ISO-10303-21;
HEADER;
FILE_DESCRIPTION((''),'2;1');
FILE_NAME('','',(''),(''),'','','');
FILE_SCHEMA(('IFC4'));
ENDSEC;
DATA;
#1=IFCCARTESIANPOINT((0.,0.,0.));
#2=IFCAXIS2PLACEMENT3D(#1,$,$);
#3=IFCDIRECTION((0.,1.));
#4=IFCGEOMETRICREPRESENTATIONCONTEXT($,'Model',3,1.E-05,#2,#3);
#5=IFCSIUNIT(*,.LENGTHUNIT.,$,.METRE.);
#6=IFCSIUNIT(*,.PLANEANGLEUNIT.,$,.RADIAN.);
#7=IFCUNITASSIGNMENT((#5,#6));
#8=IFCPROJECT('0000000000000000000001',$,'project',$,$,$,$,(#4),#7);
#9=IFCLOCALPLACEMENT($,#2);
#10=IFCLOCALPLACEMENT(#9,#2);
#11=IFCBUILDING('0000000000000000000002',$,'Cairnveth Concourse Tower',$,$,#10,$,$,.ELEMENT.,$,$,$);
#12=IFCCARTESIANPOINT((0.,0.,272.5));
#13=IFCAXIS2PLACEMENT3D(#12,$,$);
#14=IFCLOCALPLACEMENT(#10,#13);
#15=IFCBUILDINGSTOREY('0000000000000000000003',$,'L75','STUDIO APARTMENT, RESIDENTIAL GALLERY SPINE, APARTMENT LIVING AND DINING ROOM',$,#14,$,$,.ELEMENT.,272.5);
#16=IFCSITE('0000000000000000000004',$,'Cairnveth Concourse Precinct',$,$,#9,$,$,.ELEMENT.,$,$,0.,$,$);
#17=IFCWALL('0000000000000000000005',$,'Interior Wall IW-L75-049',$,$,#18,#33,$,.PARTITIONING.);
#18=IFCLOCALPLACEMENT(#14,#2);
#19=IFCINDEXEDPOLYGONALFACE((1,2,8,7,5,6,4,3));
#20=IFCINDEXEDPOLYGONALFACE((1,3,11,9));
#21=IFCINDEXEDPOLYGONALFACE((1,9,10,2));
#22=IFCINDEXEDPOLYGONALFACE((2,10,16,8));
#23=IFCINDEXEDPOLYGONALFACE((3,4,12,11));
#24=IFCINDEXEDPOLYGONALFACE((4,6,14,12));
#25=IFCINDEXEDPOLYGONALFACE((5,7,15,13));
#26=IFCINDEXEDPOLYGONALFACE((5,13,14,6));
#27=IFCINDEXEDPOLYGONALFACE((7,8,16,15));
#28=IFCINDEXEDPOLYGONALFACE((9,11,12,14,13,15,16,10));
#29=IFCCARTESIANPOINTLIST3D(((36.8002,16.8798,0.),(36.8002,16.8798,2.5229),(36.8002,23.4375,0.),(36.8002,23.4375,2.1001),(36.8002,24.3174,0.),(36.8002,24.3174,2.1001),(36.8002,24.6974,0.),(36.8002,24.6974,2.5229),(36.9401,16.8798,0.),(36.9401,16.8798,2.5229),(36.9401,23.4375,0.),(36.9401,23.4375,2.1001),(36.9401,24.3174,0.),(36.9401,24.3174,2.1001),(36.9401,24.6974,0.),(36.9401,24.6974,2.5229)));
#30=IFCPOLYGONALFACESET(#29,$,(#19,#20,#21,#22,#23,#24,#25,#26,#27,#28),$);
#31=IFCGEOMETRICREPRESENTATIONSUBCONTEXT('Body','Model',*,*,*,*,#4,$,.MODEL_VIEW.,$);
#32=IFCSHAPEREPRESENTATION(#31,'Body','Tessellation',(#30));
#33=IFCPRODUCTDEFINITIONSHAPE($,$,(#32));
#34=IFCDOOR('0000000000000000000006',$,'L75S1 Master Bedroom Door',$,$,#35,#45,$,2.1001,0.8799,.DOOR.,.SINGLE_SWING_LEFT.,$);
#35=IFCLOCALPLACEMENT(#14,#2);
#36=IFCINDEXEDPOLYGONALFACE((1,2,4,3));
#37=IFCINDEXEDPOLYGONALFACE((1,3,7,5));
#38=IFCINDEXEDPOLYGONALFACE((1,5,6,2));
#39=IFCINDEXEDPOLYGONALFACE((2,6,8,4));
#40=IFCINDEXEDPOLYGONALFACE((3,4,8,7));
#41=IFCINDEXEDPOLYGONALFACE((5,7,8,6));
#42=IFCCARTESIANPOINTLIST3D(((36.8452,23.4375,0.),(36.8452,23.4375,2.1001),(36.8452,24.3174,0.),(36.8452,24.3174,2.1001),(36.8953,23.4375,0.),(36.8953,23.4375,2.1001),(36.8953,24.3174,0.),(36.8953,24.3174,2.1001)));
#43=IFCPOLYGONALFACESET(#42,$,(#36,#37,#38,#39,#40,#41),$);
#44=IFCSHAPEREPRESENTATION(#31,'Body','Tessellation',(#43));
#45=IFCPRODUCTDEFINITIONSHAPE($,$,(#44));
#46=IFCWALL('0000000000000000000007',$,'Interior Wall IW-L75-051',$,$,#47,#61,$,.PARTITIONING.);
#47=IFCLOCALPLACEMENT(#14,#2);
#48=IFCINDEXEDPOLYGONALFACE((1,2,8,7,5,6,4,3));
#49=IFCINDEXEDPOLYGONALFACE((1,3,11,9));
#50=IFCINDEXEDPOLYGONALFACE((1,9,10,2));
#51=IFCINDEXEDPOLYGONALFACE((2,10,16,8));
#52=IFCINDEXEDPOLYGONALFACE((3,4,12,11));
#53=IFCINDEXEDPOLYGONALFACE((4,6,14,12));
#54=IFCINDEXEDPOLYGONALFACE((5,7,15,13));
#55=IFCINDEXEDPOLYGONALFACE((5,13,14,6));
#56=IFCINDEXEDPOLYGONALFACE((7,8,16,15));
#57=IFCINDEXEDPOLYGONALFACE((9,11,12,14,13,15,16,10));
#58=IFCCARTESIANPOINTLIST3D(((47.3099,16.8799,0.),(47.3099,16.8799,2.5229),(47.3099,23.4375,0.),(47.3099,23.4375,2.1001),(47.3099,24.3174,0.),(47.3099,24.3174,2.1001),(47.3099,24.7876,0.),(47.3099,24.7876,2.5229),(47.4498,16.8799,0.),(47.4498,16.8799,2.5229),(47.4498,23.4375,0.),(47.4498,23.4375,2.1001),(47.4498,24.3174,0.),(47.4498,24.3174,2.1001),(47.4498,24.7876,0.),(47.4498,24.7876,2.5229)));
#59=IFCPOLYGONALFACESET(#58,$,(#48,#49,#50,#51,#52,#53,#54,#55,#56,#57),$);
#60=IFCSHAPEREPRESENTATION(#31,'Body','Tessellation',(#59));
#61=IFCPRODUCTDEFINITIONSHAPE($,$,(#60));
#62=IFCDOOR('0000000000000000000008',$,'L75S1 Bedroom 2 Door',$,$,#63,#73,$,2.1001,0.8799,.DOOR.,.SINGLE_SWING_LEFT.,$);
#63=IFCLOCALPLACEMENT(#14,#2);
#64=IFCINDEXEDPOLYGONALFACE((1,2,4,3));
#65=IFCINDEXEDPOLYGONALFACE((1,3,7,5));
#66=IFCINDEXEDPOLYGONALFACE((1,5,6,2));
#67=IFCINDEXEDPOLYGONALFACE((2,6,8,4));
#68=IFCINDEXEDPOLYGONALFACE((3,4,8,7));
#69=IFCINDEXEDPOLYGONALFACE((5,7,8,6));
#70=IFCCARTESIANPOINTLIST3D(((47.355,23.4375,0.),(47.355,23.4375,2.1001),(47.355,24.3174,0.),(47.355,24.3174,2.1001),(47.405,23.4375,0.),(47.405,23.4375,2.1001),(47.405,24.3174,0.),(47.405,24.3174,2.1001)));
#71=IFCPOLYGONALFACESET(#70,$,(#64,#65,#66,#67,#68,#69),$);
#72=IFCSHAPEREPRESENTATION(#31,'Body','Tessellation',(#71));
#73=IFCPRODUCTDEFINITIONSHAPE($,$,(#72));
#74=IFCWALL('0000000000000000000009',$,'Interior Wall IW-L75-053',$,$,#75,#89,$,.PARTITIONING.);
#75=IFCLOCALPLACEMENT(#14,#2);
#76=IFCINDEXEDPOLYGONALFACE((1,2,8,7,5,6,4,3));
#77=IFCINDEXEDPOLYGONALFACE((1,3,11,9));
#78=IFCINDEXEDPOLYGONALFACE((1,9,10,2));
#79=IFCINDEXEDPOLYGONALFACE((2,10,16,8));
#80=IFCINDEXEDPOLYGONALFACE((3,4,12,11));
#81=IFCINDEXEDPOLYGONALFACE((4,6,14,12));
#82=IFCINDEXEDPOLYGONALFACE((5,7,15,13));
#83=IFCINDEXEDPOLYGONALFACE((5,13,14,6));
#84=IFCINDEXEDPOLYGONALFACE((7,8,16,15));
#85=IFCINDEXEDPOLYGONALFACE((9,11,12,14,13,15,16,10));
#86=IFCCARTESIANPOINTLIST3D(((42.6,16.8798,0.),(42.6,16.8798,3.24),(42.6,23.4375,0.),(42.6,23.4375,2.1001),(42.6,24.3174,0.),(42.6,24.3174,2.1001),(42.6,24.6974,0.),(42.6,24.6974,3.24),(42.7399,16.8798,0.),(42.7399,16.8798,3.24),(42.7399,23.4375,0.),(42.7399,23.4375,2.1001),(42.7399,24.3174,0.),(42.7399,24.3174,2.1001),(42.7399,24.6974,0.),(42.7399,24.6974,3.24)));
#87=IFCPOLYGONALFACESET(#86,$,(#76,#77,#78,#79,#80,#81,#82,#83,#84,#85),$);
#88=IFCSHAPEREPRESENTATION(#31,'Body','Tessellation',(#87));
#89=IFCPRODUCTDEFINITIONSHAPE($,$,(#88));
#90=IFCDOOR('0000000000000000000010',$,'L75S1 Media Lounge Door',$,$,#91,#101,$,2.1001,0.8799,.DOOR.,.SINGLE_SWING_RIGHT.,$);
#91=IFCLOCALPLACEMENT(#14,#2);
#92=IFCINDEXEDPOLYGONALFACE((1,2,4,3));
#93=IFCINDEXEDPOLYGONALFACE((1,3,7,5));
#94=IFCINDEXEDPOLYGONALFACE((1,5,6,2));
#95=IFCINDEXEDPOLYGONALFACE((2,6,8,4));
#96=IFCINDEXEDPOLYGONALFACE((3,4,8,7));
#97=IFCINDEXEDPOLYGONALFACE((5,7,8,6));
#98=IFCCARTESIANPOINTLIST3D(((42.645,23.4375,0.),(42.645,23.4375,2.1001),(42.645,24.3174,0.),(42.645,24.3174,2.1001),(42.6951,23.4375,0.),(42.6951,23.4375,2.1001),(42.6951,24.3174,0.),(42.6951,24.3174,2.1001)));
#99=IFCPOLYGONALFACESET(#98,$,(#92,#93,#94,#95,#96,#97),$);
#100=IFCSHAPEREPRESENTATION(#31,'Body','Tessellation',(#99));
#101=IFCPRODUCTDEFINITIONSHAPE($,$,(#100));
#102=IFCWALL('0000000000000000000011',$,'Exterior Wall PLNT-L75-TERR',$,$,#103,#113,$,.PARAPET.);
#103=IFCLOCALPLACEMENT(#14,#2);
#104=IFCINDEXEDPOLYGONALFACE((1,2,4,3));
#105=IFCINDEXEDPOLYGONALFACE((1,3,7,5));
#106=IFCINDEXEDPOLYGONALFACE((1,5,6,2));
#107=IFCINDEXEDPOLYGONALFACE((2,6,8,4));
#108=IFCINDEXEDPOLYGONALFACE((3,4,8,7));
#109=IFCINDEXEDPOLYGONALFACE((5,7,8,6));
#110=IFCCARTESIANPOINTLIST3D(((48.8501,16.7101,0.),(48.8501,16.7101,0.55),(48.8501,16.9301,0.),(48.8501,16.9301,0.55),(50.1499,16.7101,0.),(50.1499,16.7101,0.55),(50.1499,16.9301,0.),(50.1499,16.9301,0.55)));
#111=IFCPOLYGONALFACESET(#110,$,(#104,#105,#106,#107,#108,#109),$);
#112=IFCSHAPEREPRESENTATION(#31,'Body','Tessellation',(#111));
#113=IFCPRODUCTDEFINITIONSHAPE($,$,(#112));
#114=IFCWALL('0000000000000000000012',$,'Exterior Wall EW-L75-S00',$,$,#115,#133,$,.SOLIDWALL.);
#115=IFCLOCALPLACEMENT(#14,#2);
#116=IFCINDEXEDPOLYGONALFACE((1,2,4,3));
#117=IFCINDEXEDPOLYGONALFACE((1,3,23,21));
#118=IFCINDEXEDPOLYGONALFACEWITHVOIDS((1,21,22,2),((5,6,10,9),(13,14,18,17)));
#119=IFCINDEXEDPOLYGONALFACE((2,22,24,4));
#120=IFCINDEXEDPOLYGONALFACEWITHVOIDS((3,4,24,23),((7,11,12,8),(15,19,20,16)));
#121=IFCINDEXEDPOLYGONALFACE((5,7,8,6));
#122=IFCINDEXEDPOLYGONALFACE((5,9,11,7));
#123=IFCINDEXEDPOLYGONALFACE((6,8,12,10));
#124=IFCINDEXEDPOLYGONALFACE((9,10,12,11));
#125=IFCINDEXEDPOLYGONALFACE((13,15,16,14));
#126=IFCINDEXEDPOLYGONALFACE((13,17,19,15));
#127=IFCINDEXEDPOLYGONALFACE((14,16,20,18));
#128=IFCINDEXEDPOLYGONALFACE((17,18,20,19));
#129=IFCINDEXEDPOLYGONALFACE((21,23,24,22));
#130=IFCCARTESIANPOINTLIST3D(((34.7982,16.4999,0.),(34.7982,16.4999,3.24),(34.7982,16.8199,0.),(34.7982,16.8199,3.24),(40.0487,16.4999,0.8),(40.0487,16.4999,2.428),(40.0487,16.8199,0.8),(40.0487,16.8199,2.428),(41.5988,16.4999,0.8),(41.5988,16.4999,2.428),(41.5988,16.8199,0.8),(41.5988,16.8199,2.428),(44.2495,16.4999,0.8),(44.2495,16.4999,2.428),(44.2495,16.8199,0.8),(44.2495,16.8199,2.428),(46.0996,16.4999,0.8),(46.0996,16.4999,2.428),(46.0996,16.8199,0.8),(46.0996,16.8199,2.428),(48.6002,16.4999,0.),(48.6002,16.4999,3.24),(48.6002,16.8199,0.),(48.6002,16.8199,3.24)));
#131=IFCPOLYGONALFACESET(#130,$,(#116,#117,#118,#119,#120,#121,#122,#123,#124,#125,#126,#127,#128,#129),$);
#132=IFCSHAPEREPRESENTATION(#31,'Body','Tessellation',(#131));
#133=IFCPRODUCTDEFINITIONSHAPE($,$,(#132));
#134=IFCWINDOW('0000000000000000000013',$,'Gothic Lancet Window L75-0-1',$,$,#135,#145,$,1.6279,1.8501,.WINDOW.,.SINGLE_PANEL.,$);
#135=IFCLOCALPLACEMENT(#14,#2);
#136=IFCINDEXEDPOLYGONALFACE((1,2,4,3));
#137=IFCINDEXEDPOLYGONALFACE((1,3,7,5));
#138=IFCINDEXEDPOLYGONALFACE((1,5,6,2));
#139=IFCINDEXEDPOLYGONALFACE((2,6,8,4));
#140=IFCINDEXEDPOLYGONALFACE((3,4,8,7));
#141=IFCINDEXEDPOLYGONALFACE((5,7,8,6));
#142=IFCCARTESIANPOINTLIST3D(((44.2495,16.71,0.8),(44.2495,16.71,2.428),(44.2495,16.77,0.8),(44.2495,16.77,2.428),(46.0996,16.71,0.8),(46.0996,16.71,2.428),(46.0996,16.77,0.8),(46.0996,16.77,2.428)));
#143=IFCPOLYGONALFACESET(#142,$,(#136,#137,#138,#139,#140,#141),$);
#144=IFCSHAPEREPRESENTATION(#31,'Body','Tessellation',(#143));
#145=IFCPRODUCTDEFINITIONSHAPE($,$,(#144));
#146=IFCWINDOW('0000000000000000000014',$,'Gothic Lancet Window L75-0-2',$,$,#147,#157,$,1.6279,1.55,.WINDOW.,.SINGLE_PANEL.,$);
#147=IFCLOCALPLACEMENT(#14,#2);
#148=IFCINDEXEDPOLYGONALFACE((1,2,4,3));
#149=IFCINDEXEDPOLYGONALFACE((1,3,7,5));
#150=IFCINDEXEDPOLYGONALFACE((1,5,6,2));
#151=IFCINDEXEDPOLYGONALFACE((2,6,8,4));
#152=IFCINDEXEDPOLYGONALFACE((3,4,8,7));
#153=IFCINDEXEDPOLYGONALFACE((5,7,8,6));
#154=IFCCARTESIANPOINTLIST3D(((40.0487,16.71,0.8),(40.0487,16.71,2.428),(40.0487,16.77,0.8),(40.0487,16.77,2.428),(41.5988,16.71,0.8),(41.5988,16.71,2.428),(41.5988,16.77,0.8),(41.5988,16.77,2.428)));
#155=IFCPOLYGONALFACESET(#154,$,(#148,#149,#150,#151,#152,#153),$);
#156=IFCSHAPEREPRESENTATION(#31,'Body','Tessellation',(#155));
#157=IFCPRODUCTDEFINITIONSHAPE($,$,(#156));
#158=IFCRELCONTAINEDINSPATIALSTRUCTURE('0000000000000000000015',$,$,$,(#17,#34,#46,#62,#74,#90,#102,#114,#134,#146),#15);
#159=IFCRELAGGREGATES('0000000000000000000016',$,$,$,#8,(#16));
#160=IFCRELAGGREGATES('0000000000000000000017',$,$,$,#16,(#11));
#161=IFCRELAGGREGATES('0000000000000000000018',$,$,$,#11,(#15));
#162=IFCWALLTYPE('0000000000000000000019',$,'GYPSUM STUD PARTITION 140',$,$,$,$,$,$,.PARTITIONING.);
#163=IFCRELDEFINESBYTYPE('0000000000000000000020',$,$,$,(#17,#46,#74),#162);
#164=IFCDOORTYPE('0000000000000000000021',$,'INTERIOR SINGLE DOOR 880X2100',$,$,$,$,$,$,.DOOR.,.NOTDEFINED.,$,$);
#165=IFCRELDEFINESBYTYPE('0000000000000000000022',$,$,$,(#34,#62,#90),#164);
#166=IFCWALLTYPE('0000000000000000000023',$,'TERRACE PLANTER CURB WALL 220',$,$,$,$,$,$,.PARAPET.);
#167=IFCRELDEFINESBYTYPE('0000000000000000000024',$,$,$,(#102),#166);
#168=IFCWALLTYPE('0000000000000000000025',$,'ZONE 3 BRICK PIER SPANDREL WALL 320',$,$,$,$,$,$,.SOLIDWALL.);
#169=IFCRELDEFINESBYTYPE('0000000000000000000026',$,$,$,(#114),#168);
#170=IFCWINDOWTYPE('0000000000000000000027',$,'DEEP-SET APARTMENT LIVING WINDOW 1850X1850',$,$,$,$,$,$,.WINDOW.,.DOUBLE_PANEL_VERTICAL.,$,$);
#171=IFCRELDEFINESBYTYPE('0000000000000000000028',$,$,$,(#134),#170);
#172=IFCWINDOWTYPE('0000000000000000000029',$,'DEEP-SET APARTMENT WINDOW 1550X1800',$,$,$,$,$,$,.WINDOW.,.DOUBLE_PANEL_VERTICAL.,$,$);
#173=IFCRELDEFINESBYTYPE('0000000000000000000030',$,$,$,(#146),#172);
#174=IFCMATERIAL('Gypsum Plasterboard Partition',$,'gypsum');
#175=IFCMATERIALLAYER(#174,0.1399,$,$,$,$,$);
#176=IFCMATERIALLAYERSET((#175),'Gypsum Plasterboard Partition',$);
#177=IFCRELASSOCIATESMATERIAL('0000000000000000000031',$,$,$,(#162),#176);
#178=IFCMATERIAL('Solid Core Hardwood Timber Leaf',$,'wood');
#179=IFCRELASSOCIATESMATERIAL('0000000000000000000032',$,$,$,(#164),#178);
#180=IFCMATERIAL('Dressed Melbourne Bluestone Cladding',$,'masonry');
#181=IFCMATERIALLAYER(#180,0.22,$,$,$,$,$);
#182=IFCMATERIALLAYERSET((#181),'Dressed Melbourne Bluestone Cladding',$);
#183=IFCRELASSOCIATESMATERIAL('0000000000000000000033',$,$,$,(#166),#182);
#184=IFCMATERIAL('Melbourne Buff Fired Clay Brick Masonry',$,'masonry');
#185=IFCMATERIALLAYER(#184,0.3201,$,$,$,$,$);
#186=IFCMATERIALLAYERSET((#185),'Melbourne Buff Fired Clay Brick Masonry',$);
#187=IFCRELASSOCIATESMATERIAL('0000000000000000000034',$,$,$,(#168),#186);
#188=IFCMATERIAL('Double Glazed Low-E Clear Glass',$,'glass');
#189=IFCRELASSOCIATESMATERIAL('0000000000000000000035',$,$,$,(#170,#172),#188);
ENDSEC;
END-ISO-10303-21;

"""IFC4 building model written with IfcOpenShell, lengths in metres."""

from ifc_helpers import new_model, si_unit, direction, frame, frame_2d, origin, place, context, subcontext, project, spatial, rectangle, extrude, material, layer, layer_set, type_object, element, fill, save


model = new_model("IFC4")

# Units and contexts
model_context = context("Model", 3, precision=1e-05, world=origin(), true_north=direction((0.0, 1.0)))
body_context = subcontext(model_context, "Body", "Model", "MODEL_VIEW")
ifc_project = project(units=[si_unit("LENGTHUNIT", "METRE"), si_unit("PLANEANGLEUNIT", "RADIAN")], contexts=[model_context])

# Site, building, storey
site_placement = place(None, origin())
site = spatial("IfcSite", under=ifc_project, at=site_placement, Name="Cairnveth Concourse Precinct", CompositionType="ELEMENT", RefElevation=0.0)
building_placement = place(site_placement, origin())
building = spatial("IfcBuilding", under=site, at=building_placement, Name="Cairnveth Concourse Tower", CompositionType="ELEMENT")
storey_placement = place(building_placement, frame((0.0, 0.0, 272.5)))
storey = spatial("IfcBuildingStorey", under=building, at=storey_placement, Name="L75", Description="STUDIO APARTMENT, RESIDENTIAL GALLERY SPINE, APARTMENT LIVING AND DINING ROOM", CompositionType="ELEMENT", Elevation=272.5)

# Shared definitions
ifc_material_1 = material(Name="Gypsum Plasterboard Partition", Category="gypsum")

# Walls, openings, doors
ifc_layer_1 = layer(ifc_material_1, 0.1399)
ifc_layer_set_1 = layer_set([ifc_layer_1], Name="Gypsum Plasterboard Partition")
wall_type_1 = type_object("IfcWallType", Name="GYPSUM STUD PARTITION 140", PredefinedType="PARTITIONING", material=ifc_layer_set_1)
wall_1_placement = place(storey_placement, frame((36.8701, 16.8799, 0.0), z_axis=(0.0, 0.0, 1.0), x_axis=(0.0, 1.0, 0.0)))
wall_1 = element("IfcWall", 1, at=wall_1_placement, inside=storey, type_object=wall_type_1, Name="Interior Wall IW-L75-049", PredefinedType="PARTITIONING", context=body_context, shape_type="SweptSolid", body=[
    extrude(rectangle(XDim=7.8176, YDim=0.1399, at=frame_2d((3.9087, 0.0))), origin(), (0.0, 0.0, 1.0), 2.5229),
])
opening_1_placement = place(wall_1_placement, frame((6.5576, 0.0, 0.0)))
opening_1 = element("IfcOpeningElement", 2, at=opening_1_placement, cuts=wall_1, PredefinedType="OPENING", context=body_context, shape_type="SweptSolid", body=[
    extrude(rectangle(XDim=0.8799, YDim=2.1001, at=frame_2d((0.4399, 1.05))), frame((0.0, 0.0798, 0.0), z_axis=(0.0, -1.0, 0.0), x_axis=(1.0, 0.0, 0.0)), (0.0, 0.0, 1.0), 0.1599),
])
ifc_material_2 = material(Name="Solid Core Hardwood Timber Leaf", Category="wood")
door_type = type_object("IfcDoorType", Name="INTERIOR SINGLE DOOR 880X2100", OperationType="NOTDEFINED", PredefinedType="DOOR", material=ifc_material_2)
door_1_placement = place(opening_1_placement, origin())
door_1 = element("IfcDoor", 3, at=door_1_placement, inside=storey, type_object=door_type, Name="L75S1 Master Bedroom Door", OperationType="SINGLE_SWING_LEFT", OverallHeight=2.1001, OverallWidth=0.8799, PredefinedType="DOOR", context=body_context, shape_type="SweptSolid", body=[
    extrude(rectangle(XDim=0.8799, YDim=2.1001, at=frame_2d((0.4399, 1.05))), frame((0.0, 0.0249, 0.0), z_axis=(0.0, -1.0, 0.0), x_axis=(1.0, 0.0, 0.0)), (0.0, 0.0, 1.0), 0.05),
])
fill(opening_1, door_1)
wall_2_placement = place(storey_placement, frame((47.3799, 16.8799, 0.0), z_axis=(0.0, 0.0, 1.0), x_axis=(0.0, 1.0, 0.0)))
wall_2 = element("IfcWall", 4, at=wall_2_placement, inside=storey, type_object=wall_type_1, Name="Interior Wall IW-L75-051", PredefinedType="PARTITIONING", context=body_context, shape_type="SweptSolid", body=[
    extrude(rectangle(XDim=7.9077, YDim=0.1399, at=frame_2d((3.9539, 0.0))), origin(), (0.0, 0.0, 1.0), 2.5229),
])
opening_2_placement = place(wall_2_placement, frame((6.5576, 0.0, 0.0)))
opening_2 = element("IfcOpeningElement", 5, at=opening_2_placement, cuts=wall_2, PredefinedType="OPENING", context=body_context, shape_type="SweptSolid", body=[
    extrude(rectangle(XDim=0.8799, YDim=2.1001, at=frame_2d((0.4399, 1.05))), frame((0.0, 0.0798, 0.0), z_axis=(0.0, -1.0, 0.0), x_axis=(1.0, 0.0, 0.0)), (0.0, 0.0, 1.0), 0.1599),
])
door_2_placement = place(opening_2_placement, origin())
door_2 = element("IfcDoor", 6, at=door_2_placement, inside=storey, type_object=door_type, Name="L75S1 Bedroom 2 Door", OperationType="SINGLE_SWING_LEFT", OverallHeight=2.1001, OverallWidth=0.8799, PredefinedType="DOOR", context=body_context, shape_type="SweptSolid", body=[
    extrude(rectangle(XDim=0.8799, YDim=2.1001, at=frame_2d((0.4399, 1.05))), frame((0.0, 0.0249, 0.0), z_axis=(0.0, -1.0, 0.0), x_axis=(1.0, 0.0, 0.0)), (0.0, 0.0, 1.0), 0.05),
])
fill(opening_2, door_2)
wall_3_placement = place(storey_placement, frame((42.6699, 16.8799, 0.0), z_axis=(0.0, 0.0, 1.0), x_axis=(0.0, 1.0, 0.0)))
wall_3 = element("IfcWall", 7, at=wall_3_placement, inside=storey, type_object=wall_type_1, Name="Interior Wall IW-L75-053", PredefinedType="PARTITIONING", context=body_context, shape_type="SweptSolid", body=[
    extrude(rectangle(XDim=7.8176, YDim=0.1399, at=frame_2d((3.9087, 0.0))), origin(), (0.0, 0.0, 1.0), 3.24),
])
opening_3_placement = place(wall_3_placement, frame((6.5576, 0.0, 0.0)))
opening_3 = element("IfcOpeningElement", 8, at=opening_3_placement, cuts=wall_3, PredefinedType="OPENING", context=body_context, shape_type="SweptSolid", body=[
    extrude(rectangle(XDim=0.8799, YDim=2.1001, at=frame_2d((0.4399, 1.05))), frame((0.0, 0.0798, 0.0), z_axis=(0.0, -1.0, 0.0), x_axis=(1.0, 0.0, 0.0)), (0.0, 0.0, 1.0), 0.1599),
])
door_3_placement = place(opening_3_placement, origin())
door_3 = element("IfcDoor", 9, at=door_3_placement, inside=storey, type_object=door_type, Name="L75S1 Media Lounge Door", OperationType="SINGLE_SWING_RIGHT", OverallHeight=2.1001, OverallWidth=0.8799, PredefinedType="DOOR", context=body_context, shape_type="SweptSolid", body=[
    extrude(rectangle(XDim=0.8799, YDim=2.1001, at=frame_2d((0.4399, 1.05))), frame((0.0, 0.0249, 0.0), z_axis=(0.0, -1.0, 0.0), x_axis=(1.0, 0.0, 0.0)), (0.0, 0.0, 1.0), 0.05),
])
fill(opening_3, door_3)

# Wall
ifc_material_3 = material(Name="Dressed Melbourne Bluestone Cladding", Category="masonry")
ifc_layer_2 = layer(ifc_material_3, 0.22)
ifc_layer_set_2 = layer_set([ifc_layer_2], Name="Dressed Melbourne Bluestone Cladding")
wall_type_2 = type_object("IfcWallType", Name="TERRACE PLANTER CURB WALL 220", PredefinedType="PARAPET", material=ifc_layer_set_2)
wall_4_placement = place(storey_placement, frame((48.8501, 16.8201, 0.0), z_axis=(0.0, 0.0, 1.0), x_axis=(1.0, 0.0, 0.0)))
element("IfcWall", 10, at=wall_4_placement, inside=storey, type_object=wall_type_2, Name="Exterior Wall PLNT-L75-TERR", PredefinedType="PARAPET", context=body_context, shape_type="SweptSolid", body=[
    extrude(rectangle(XDim=1.2998, YDim=0.22, at=frame_2d((0.6499, 0.0))), origin(), (0.0, 0.0, 1.0), 0.55),
])

# Wall, openings, windows
ifc_material_4 = material(Name="Melbourne Buff Fired Clay Brick Masonry", Category="masonry")
ifc_layer_3 = layer(ifc_material_4, 0.3201)
ifc_layer_set_3 = layer_set([ifc_layer_3], Name="Melbourne Buff Fired Clay Brick Masonry")
wall_type_3 = type_object("IfcWallType", Name="ZONE 3 BRICK PIER SPANDREL WALL 320", PredefinedType="SOLIDWALL", material=ifc_layer_set_3)
wall_5_placement = place(storey_placement, frame((48.6001, 16.6599, 0.0), z_axis=(0.0, 0.0, 1.0), x_axis=(-1.0, 0.0, 0.0)))
wall_5 = element("IfcWall", 11, at=wall_5_placement, inside=storey, type_object=wall_type_3, Name="Exterior Wall EW-L75-S00", PredefinedType="SOLIDWALL", context=body_context, shape_type="SweptSolid", body=[
    extrude(rectangle(XDim=13.802, YDim=0.3201, at=frame_2d((6.9009, 0.0))), origin(), (0.0, 0.0, 1.0), 3.24),
])
opening_4_placement = place(wall_5_placement, frame((2.5005, 0.0, 0.8)))
opening_4 = element("IfcOpeningElement", 12, at=opening_4_placement, cuts=wall_5, PredefinedType="OPENING", context=body_context, shape_type="SweptSolid", body=[
    extrude(rectangle(XDim=1.8501, YDim=1.6279, at=frame_2d((0.925, 0.814))), frame((0.0, 0.1699, 0.0), z_axis=(0.0, -1.0, 0.0), x_axis=(1.0, 0.0, 0.0)), (0.0, 0.0, 1.0), 0.3401),
])
opening_5_placement = place(wall_5_placement, frame((7.0015, 0.0, 0.8)))
opening_5 = element("IfcOpeningElement", 13, at=opening_5_placement, cuts=wall_5, PredefinedType="OPENING", context=body_context, shape_type="SweptSolid", body=[
    extrude(rectangle(XDim=1.55, YDim=1.6279, at=frame_2d((0.7749, 0.814))), frame((0.0, 0.1699, 0.0), z_axis=(0.0, -1.0, 0.0), x_axis=(1.0, 0.0, 0.0)), (0.0, 0.0, 1.0), 0.3401),
])
ifc_material_5 = material(Name="Double Glazed Low-E Clear Glass", Category="glass")
window_type_1 = type_object("IfcWindowType", Name="DEEP-SET APARTMENT LIVING WINDOW 1850X1850", PartitioningType="DOUBLE_PANEL_VERTICAL", PredefinedType="WINDOW", material=ifc_material_5)
window_1_placement = place(opening_4_placement, origin())
window_1 = element("IfcWindow", 14, at=window_1_placement, inside=storey, type_object=window_type_1, Name="Gothic Lancet Window L75-0-1", OverallHeight=1.6279, OverallWidth=1.8501, PartitioningType="SINGLE_PANEL", PredefinedType="WINDOW", context=body_context, shape_type="SweptSolid", body=[
    extrude(rectangle(XDim=1.8501, YDim=1.6279, at=frame_2d((0.925, 0.814))), frame((0.0, -0.05, 0.0), z_axis=(0.0, -1.0, 0.0), x_axis=(1.0, 0.0, 0.0)), (0.0, 0.0, 1.0), 0.0601),
])
fill(opening_4, window_1)
window_type_2 = type_object("IfcWindowType", Name="DEEP-SET APARTMENT WINDOW 1550X1800", PartitioningType="DOUBLE_PANEL_VERTICAL", PredefinedType="WINDOW", material=ifc_material_5)
window_2_placement = place(opening_5_placement, origin())
window_2 = element("IfcWindow", 15, at=window_2_placement, inside=storey, type_object=window_type_2, Name="Gothic Lancet Window L75-0-2", OverallHeight=1.6279, OverallWidth=1.55, PartitioningType="SINGLE_PANEL", PredefinedType="WINDOW", context=body_context, shape_type="SweptSolid", body=[
    extrude(rectangle(XDim=1.55, YDim=1.6279, at=frame_2d((0.7749, 0.814))), frame((0.0, -0.05, 0.0), z_axis=(0.0, -1.0, 0.0), x_axis=(1.0, 0.0, 0.0)), (0.0, 0.0, 1.0), 0.0601),
])
fill(opening_5, window_2)

save(model, "model.ifc")
